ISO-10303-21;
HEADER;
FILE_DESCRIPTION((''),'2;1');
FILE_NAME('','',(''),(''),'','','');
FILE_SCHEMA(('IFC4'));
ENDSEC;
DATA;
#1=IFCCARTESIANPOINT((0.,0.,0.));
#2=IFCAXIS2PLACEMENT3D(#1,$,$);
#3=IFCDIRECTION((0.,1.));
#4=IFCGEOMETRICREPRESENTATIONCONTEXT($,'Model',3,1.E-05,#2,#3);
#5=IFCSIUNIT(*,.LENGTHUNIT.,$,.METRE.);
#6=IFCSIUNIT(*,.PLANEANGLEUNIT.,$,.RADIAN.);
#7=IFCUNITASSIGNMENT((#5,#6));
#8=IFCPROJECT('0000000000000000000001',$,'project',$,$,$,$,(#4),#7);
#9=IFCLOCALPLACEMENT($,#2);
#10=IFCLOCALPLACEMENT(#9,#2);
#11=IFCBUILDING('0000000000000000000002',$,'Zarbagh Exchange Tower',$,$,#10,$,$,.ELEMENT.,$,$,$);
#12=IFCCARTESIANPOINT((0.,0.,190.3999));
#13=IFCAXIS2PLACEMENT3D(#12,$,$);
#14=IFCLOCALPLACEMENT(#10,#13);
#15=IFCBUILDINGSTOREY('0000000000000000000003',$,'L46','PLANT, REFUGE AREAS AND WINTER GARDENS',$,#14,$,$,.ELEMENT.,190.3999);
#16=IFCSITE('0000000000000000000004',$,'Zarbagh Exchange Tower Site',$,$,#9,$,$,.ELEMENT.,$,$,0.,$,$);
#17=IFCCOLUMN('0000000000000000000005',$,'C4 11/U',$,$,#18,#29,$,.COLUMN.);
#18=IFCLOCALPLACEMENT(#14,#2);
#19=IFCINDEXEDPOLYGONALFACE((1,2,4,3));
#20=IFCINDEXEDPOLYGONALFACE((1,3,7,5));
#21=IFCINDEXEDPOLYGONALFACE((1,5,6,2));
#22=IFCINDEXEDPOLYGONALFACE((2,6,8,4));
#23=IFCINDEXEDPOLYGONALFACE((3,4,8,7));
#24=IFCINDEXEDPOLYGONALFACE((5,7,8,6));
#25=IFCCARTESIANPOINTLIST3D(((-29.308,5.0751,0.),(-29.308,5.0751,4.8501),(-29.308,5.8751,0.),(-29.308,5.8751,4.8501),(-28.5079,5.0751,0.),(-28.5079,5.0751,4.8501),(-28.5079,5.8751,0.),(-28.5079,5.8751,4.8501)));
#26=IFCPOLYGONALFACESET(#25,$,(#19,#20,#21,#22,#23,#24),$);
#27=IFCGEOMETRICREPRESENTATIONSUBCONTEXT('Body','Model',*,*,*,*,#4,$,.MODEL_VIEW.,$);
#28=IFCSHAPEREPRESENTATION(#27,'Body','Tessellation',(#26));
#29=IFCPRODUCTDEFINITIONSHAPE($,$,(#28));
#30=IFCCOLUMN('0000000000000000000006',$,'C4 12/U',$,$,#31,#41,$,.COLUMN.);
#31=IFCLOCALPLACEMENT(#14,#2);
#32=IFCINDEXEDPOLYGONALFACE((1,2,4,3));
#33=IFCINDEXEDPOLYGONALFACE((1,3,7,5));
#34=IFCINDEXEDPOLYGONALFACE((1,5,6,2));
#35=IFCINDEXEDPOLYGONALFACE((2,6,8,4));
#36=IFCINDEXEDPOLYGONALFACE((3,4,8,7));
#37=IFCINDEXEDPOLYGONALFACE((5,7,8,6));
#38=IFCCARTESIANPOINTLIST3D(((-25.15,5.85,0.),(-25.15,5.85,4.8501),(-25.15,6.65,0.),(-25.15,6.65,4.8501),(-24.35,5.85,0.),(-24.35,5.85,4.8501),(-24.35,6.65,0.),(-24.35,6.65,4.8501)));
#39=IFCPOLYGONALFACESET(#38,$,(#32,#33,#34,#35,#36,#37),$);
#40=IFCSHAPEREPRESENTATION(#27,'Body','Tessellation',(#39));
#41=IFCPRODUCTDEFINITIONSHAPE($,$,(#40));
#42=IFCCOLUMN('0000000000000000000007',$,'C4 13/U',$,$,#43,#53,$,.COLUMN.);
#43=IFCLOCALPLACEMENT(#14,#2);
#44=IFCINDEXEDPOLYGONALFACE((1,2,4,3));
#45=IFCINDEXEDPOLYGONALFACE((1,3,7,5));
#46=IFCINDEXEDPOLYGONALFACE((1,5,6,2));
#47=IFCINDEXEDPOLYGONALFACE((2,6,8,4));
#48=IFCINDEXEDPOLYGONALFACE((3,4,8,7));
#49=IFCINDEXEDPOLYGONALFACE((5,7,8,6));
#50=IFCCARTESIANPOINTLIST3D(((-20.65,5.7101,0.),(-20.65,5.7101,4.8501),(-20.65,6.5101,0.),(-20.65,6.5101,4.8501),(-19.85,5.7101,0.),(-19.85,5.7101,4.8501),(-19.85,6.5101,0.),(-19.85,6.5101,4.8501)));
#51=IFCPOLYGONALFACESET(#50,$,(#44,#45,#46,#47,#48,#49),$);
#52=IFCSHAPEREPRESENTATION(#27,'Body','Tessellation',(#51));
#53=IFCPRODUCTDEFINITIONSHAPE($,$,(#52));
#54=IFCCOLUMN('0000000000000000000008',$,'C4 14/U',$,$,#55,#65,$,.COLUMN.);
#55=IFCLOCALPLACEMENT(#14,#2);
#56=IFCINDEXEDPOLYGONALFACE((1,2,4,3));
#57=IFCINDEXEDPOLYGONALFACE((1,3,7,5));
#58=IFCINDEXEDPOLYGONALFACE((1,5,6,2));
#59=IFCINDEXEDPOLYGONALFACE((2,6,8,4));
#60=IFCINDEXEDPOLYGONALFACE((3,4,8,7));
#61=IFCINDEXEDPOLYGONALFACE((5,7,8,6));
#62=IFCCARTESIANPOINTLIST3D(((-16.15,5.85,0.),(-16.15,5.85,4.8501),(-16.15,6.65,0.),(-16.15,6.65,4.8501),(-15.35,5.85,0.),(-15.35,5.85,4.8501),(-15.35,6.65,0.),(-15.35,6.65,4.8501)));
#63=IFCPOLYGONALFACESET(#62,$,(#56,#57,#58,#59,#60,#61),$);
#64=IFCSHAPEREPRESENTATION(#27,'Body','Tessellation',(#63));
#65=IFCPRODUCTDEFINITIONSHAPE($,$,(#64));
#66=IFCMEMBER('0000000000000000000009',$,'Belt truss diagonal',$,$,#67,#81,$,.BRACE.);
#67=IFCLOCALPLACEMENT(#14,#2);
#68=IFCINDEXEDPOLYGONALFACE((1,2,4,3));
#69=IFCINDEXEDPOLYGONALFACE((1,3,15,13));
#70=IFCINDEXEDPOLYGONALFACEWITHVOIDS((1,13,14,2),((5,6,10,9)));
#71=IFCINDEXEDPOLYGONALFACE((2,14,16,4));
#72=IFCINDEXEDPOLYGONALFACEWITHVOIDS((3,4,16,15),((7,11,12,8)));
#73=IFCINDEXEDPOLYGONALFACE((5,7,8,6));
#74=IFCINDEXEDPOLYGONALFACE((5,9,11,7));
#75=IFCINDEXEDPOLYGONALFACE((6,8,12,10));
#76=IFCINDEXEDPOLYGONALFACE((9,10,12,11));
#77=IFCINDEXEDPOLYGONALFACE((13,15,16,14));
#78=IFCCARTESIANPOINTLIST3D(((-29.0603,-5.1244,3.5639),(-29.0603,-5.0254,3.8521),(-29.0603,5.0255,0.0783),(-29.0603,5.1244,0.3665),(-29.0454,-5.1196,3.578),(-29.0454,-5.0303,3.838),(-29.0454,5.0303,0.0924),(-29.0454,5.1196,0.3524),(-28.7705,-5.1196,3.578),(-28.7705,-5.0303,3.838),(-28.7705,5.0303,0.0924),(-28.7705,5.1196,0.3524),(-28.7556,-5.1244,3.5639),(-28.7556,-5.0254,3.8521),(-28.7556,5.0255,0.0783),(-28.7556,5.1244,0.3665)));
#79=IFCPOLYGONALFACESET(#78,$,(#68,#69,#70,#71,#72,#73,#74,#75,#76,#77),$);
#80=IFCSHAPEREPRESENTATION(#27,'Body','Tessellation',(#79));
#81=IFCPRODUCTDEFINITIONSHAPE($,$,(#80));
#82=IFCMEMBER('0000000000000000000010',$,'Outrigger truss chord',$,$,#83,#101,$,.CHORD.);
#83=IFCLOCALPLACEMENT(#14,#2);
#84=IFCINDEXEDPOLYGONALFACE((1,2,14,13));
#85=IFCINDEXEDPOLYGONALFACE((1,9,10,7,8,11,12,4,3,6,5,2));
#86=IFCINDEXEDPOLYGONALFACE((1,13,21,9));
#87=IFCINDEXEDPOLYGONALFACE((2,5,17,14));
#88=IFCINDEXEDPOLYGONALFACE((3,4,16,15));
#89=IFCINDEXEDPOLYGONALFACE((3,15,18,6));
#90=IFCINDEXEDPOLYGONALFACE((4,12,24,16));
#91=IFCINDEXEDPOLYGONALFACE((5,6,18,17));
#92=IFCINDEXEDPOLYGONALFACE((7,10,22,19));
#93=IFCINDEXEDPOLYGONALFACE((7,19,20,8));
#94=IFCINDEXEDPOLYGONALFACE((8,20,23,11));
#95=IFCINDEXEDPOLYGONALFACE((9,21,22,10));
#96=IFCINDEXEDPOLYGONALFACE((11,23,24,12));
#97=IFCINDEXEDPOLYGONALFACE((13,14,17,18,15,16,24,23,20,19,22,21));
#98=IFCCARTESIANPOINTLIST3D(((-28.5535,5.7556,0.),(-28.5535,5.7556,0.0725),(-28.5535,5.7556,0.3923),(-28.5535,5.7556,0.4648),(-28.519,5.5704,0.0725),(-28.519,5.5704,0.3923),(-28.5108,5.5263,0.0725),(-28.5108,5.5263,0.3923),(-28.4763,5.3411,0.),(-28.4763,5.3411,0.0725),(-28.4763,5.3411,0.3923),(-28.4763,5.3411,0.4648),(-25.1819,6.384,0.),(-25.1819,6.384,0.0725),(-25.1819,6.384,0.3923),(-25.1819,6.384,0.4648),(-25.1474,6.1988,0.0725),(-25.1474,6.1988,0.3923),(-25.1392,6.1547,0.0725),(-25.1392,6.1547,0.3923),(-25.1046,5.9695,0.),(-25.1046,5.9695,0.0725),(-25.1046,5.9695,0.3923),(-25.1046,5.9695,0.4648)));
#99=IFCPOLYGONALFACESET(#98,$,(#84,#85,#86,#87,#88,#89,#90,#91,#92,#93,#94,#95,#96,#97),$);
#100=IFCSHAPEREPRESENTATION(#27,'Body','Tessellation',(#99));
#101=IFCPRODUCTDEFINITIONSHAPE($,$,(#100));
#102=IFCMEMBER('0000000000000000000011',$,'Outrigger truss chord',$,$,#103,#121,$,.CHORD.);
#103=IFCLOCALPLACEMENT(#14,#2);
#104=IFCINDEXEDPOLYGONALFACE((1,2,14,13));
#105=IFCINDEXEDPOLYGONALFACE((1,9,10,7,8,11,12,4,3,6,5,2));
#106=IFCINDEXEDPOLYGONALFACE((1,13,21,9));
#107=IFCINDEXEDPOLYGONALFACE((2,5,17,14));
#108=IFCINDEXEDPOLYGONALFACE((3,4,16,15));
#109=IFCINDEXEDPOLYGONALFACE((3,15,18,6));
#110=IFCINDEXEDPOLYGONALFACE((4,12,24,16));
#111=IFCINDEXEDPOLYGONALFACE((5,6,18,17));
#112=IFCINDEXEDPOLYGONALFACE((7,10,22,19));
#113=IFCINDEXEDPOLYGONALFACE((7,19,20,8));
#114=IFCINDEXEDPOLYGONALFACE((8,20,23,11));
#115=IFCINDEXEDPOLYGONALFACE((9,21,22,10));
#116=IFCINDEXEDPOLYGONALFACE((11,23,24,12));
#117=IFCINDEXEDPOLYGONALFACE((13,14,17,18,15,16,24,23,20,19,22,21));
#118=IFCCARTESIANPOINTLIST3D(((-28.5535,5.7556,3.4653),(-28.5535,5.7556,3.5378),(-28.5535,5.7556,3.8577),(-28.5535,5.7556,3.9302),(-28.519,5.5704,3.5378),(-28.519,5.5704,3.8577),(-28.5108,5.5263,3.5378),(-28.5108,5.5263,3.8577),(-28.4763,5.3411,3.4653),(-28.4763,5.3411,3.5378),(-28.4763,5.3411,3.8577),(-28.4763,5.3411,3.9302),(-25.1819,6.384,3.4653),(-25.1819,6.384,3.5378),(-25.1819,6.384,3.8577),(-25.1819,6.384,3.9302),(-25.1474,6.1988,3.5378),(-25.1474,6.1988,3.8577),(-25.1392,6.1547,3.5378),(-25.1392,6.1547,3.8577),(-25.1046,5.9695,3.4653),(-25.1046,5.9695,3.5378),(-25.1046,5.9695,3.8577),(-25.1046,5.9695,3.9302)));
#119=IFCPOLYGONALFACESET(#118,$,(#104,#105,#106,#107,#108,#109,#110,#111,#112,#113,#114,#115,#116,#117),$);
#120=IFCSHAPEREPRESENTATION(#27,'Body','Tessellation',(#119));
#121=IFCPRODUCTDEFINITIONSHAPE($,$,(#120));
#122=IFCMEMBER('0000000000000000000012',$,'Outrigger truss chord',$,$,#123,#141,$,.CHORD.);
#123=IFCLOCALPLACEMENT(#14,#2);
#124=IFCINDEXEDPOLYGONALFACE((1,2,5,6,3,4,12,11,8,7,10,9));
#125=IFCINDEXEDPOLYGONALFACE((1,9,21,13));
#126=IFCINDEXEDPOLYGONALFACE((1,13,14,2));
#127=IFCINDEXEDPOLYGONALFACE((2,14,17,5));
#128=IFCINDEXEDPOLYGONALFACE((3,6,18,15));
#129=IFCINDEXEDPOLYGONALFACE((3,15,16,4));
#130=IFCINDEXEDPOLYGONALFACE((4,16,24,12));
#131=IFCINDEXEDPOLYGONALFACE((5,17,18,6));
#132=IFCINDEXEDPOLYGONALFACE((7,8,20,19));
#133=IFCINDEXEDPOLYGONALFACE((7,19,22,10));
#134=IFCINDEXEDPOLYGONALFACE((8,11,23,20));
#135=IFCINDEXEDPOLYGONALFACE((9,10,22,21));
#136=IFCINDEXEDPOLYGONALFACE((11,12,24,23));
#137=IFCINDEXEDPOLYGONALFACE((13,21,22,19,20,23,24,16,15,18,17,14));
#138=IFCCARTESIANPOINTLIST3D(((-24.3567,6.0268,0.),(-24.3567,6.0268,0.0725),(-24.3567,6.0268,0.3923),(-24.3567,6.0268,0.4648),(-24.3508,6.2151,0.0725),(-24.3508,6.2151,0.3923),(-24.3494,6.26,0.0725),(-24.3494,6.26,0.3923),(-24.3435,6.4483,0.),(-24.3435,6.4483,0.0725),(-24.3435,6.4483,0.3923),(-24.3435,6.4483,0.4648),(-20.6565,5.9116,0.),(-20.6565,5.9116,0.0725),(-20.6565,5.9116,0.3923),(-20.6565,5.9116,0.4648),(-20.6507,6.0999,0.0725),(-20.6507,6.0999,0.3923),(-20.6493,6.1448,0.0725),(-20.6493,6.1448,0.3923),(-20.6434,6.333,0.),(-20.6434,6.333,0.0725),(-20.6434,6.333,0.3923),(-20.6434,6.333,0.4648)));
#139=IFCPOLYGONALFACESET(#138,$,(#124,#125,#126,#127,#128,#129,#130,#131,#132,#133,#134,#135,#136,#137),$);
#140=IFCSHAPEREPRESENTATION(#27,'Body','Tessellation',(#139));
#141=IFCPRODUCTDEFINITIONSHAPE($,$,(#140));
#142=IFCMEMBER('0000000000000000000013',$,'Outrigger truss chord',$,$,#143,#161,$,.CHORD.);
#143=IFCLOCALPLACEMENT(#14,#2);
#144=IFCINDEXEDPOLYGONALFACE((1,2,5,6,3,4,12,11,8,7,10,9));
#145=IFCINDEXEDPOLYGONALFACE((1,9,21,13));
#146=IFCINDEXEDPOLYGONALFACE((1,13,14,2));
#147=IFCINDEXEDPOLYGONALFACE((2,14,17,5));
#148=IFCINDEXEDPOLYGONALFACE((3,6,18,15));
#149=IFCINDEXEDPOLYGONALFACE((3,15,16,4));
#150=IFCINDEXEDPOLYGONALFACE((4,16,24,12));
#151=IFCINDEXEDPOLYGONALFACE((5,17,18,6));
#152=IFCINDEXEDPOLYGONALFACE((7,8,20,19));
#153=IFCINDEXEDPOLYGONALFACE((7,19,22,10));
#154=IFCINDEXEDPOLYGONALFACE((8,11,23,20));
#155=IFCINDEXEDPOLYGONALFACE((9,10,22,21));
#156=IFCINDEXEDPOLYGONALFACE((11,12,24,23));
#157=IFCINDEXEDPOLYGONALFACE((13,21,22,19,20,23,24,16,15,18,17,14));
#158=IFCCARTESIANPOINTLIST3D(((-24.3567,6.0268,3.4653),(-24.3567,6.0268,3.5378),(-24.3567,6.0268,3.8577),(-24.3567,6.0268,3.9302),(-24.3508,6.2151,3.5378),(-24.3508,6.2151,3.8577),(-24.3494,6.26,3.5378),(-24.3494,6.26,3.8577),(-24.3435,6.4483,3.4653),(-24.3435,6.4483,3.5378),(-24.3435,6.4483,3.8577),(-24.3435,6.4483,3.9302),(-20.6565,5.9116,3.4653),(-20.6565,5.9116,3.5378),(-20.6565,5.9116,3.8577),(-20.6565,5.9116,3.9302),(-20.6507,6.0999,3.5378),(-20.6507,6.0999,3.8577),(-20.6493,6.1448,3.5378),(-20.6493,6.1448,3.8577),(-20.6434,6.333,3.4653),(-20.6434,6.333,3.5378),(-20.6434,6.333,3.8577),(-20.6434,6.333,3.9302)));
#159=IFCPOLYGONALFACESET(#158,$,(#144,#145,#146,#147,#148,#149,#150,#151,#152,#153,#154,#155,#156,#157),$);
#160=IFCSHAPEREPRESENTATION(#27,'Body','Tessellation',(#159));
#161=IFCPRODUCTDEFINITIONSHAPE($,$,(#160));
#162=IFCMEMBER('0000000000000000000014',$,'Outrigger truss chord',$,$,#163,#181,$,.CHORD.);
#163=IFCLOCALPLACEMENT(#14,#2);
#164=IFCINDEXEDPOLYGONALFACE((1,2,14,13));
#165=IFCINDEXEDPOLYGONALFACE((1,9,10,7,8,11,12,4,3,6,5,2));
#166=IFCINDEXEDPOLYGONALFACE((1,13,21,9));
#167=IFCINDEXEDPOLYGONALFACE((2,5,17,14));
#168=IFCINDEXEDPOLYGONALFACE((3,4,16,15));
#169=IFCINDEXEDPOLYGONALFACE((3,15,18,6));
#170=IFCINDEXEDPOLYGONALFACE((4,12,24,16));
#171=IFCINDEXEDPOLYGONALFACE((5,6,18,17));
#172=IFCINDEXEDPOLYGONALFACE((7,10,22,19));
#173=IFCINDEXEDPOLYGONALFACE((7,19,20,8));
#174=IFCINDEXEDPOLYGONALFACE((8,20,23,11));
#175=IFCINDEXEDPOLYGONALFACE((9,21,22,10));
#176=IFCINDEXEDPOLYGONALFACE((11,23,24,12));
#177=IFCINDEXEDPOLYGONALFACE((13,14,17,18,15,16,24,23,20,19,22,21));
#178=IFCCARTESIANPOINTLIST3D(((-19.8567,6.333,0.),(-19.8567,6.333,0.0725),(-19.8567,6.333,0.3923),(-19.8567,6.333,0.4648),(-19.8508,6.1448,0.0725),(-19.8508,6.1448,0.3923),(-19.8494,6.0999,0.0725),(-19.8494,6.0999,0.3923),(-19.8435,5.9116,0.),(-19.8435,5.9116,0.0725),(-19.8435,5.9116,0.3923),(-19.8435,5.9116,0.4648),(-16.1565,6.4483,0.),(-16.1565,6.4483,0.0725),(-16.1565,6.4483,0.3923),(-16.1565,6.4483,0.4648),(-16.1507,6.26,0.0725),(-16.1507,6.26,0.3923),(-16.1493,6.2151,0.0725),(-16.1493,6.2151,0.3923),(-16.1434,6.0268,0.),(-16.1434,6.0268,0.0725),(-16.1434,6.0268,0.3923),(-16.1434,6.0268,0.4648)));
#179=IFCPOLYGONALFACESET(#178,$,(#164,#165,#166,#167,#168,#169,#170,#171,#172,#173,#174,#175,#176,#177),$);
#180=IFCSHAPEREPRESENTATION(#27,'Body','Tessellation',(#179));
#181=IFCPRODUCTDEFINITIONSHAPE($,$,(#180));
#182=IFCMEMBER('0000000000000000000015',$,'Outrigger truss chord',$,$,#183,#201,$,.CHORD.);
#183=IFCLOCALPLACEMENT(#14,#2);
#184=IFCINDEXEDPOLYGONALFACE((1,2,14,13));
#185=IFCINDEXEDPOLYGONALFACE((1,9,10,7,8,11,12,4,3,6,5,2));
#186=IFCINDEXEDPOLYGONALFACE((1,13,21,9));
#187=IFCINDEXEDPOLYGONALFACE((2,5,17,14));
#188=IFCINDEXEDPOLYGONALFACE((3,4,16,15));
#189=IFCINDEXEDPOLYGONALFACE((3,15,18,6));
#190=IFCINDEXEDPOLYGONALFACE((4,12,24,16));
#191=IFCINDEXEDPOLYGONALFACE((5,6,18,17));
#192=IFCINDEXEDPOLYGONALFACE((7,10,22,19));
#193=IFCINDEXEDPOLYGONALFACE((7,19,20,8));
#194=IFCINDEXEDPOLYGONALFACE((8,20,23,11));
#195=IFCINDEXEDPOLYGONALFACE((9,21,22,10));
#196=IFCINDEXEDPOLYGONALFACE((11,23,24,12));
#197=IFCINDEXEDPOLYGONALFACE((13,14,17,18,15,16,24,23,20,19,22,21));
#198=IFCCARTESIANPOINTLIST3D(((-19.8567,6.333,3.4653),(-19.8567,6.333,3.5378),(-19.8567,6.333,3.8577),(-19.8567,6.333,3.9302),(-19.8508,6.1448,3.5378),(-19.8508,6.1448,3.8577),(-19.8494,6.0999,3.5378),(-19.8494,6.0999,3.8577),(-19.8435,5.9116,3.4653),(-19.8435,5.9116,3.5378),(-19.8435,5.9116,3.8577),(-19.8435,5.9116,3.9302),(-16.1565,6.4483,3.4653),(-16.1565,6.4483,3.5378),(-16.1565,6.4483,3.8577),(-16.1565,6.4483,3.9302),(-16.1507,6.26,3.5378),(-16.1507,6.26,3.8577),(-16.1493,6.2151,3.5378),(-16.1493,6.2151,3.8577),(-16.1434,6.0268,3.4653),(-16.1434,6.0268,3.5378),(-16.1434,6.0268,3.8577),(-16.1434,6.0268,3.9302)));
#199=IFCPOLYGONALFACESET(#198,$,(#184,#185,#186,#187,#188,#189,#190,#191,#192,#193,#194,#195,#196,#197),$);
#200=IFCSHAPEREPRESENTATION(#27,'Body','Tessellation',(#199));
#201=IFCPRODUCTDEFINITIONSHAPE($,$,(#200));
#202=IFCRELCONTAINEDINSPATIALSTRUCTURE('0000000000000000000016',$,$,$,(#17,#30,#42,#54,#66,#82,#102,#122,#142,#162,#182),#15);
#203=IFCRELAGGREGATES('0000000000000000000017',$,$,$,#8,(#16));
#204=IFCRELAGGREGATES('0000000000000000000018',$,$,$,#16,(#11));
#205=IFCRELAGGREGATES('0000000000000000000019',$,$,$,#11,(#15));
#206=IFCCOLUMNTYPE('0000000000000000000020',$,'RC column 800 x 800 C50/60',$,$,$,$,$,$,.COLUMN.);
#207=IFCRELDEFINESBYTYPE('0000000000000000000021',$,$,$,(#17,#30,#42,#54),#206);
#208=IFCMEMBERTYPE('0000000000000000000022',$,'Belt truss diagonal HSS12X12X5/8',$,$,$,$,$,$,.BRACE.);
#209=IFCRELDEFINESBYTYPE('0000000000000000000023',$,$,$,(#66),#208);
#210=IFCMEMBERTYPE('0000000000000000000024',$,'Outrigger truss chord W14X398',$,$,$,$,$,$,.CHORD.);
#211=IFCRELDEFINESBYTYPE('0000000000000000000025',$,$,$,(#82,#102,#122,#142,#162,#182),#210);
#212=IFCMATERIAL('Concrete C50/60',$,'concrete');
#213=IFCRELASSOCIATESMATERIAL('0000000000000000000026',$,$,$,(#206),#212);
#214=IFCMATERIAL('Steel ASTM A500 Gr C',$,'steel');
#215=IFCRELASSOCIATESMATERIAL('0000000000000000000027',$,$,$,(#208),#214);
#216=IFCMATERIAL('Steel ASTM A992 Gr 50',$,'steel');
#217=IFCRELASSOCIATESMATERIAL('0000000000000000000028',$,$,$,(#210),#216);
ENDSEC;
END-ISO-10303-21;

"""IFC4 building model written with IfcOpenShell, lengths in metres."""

from ifc_helpers import new_model, si_unit, direction, frame, origin, origin_2d, place, context, subcontext, project, spatial, rectangle, hollow_rectangle, i_section, extrude, material, material_profile, profile_set, type_object, element, save


model = new_model("IFC4")

# Units and contexts
model_context = context("Model", 3, precision=1e-05, world=origin(), true_north=direction((0.0, 1.0)))
body_context = subcontext(model_context, "Body", "Model", "MODEL_VIEW")
ifc_project = project(units=[si_unit("LENGTHUNIT", "METRE"), si_unit("PLANEANGLEUNIT", "RADIAN")], contexts=[model_context])

# Site, building, storey
site_placement = place(None, origin())
site = spatial("IfcSite", under=ifc_project, at=site_placement, Name="Zarbagh Exchange Tower Site", CompositionType="ELEMENT", RefElevation=0.0)
building_placement = place(site_placement, origin())
building = spatial("IfcBuilding", under=site, at=building_placement, Name="Zarbagh Exchange Tower", CompositionType="ELEMENT")
storey_placement = place(building_placement, frame((0.0, 0.0, 190.3999)))
storey = spatial("IfcBuildingStorey", under=building, at=storey_placement, Name="L46", Description="PLANT, REFUGE AREAS AND WINTER GARDENS", CompositionType="ELEMENT", Elevation=190.3999)

# Columns
ifc_material_1 = material(Name="Concrete C50/60", Category="concrete")
ifc_material_profile_1 = material_profile(ifc_material_1, rectangle(XDim=0.8, YDim=0.8, at=origin_2d()), Name="RC column 800 x 800 C50/60")
ifc_profile_set_1 = profile_set([ifc_material_profile_1], Name="Concrete C50/60")
column_type = type_object("IfcColumnType", Name="RC column 800 x 800 C50/60", PredefinedType="COLUMN", material=ifc_profile_set_1)
for number, where, z_axis, x_axis, name in (
    (1, (-28.908, 5.4751, 0.0), (0.0, 0.0, 1.0), (1.0, 0.0, 0.0), "C4 11/U"),
    (2, (-24.75, 6.25, 0.0), (0.0, 0.0, 1.0), (1.0, 0.0, 0.0), "C4 12/U"),
    (3, (-20.25, 6.1101, 0.0), (0.0, 0.0, 1.0), (1.0, 0.0, 0.0), "C4 13/U"),
    (4, (-15.75, 6.25, 0.0), (0.0, 0.0, 1.0), (1.0, 0.0, 0.0), "C4 14/U"),
):
    element("IfcColumn", number, at=place(storey_placement, frame(where, z_axis=z_axis, x_axis=x_axis)), inside=storey, type_object=column_type, Name=name, PredefinedType="COLUMN", context=body_context, shape_type="SweptSolid", body=[
        extrude(rectangle(XDim=0.8, YDim=0.8, at=origin_2d()), origin(), (0.0, 0.0, 1.0), 4.8501),
    ])

# Members
ifc_material_2 = material(Name="Steel ASTM A500 Gr C", Category="steel")
ifc_material_profile_2 = material_profile(ifc_material_2, hollow_rectangle(XDim=0.3047, YDim=0.3047, WallThickness=0.0149, at=origin_2d()), Name="HSS12X12X5/8")
ifc_profile_set_2 = profile_set([ifc_material_profile_2], Name="Steel ASTM A500 Gr C")
member_type_1 = type_object("IfcMemberType", Name="Belt truss diagonal HSS12X12X5/8", PredefinedType="BRACE", material=ifc_profile_set_2)
member_1_placement = place(storey_placement, frame((-28.908, 5.075, 0.2224), z_axis=(0.0, -0.945785, 0.324794), x_axis=(1.0, 0.0, 0.0)))
element("IfcMember", 5, at=member_1_placement, inside=storey, type_object=member_type_1, Name="Belt truss diagonal", PredefinedType="BRACE", context=body_context, shape_type="SweptSolid", body=[
    extrude(hollow_rectangle(XDim=0.3047, YDim=0.3047, WallThickness=0.0149, at=origin_2d()), origin(), (0.0, 0.0, 1.0), 10.7317),
])
ifc_material_3 = material(Name="Steel ASTM A992 Gr 50", Category="steel")
ifc_material_profile_3 = material_profile(ifc_material_3, i_section(OverallWidth=0.4216, OverallDepth=0.4648, WebThickness=0.0449, FlangeThickness=0.0725, at=origin_2d()), Name="W14X398")
ifc_profile_set_3 = profile_set([ifc_material_profile_3], Name="Steel ASTM A992 Gr 50")
member_type_2 = type_object("IfcMemberType", Name="Outrigger truss chord W14X398", PredefinedType="CHORD", material=ifc_profile_set_3)
for number, where, z_axis, x_axis, name in (
    (6, (-28.5149, 5.5483, 0.2324), (0.98307, 0.183231, 0.0), (-0.183231, 0.98307, 0.0), "Outrigger truss chord"),
    (7, (-28.5149, 5.5483, 3.6978), (0.98307, 0.183231, 0.0), (-0.183231, 0.98307, 0.0), "Outrigger truss chord"),
):
    element("IfcMember", number, at=place(storey_placement, frame(where, z_axis=z_axis, x_axis=x_axis)), inside=storey, type_object=member_type_2, Name=name, PredefinedType="CHORD", context=body_context, shape_type="SweptSolid", body=[
        extrude(i_section(OverallWidth=0.4216, OverallDepth=0.4648, WebThickness=0.0449, FlangeThickness=0.0725, at=origin_2d()), origin(), (0.0, 0.0, 1.0), 3.4297),
    ])
for number, where, z_axis, x_axis, name in (
    (8, (-24.3501, 6.2375, 0.2324), (0.999515, -0.031128, 0.0), (0.031128, 0.999515, 0.0), "Outrigger truss chord"),
    (9, (-24.3501, 6.2375, 3.6978), (0.999515, -0.031128, 0.0), (0.031128, 0.999515, 0.0), "Outrigger truss chord"),
    (10, (-19.8501, 6.1223, 0.2324), (0.999515, 0.031128, 0.0), (-0.031128, 0.999515, 0.0), "Outrigger truss chord"),
    (11, (-19.8501, 6.1223, 3.6978), (0.999515, 0.031128, 0.0), (-0.031128, 0.999515, 0.0), "Outrigger truss chord"),
):
    element("IfcMember", number, at=place(storey_placement, frame(where, z_axis=z_axis, x_axis=x_axis)), inside=storey, type_object=member_type_2, Name=name, PredefinedType="CHORD", context=body_context, shape_type="SweptSolid", body=[
        extrude(i_section(OverallWidth=0.4216, OverallDepth=0.4648, WebThickness=0.0449, FlangeThickness=0.0725, at=origin_2d()), origin(), (0.0, 0.0, 1.0), 3.7019),
    ])

save(model, "model.ifc")
